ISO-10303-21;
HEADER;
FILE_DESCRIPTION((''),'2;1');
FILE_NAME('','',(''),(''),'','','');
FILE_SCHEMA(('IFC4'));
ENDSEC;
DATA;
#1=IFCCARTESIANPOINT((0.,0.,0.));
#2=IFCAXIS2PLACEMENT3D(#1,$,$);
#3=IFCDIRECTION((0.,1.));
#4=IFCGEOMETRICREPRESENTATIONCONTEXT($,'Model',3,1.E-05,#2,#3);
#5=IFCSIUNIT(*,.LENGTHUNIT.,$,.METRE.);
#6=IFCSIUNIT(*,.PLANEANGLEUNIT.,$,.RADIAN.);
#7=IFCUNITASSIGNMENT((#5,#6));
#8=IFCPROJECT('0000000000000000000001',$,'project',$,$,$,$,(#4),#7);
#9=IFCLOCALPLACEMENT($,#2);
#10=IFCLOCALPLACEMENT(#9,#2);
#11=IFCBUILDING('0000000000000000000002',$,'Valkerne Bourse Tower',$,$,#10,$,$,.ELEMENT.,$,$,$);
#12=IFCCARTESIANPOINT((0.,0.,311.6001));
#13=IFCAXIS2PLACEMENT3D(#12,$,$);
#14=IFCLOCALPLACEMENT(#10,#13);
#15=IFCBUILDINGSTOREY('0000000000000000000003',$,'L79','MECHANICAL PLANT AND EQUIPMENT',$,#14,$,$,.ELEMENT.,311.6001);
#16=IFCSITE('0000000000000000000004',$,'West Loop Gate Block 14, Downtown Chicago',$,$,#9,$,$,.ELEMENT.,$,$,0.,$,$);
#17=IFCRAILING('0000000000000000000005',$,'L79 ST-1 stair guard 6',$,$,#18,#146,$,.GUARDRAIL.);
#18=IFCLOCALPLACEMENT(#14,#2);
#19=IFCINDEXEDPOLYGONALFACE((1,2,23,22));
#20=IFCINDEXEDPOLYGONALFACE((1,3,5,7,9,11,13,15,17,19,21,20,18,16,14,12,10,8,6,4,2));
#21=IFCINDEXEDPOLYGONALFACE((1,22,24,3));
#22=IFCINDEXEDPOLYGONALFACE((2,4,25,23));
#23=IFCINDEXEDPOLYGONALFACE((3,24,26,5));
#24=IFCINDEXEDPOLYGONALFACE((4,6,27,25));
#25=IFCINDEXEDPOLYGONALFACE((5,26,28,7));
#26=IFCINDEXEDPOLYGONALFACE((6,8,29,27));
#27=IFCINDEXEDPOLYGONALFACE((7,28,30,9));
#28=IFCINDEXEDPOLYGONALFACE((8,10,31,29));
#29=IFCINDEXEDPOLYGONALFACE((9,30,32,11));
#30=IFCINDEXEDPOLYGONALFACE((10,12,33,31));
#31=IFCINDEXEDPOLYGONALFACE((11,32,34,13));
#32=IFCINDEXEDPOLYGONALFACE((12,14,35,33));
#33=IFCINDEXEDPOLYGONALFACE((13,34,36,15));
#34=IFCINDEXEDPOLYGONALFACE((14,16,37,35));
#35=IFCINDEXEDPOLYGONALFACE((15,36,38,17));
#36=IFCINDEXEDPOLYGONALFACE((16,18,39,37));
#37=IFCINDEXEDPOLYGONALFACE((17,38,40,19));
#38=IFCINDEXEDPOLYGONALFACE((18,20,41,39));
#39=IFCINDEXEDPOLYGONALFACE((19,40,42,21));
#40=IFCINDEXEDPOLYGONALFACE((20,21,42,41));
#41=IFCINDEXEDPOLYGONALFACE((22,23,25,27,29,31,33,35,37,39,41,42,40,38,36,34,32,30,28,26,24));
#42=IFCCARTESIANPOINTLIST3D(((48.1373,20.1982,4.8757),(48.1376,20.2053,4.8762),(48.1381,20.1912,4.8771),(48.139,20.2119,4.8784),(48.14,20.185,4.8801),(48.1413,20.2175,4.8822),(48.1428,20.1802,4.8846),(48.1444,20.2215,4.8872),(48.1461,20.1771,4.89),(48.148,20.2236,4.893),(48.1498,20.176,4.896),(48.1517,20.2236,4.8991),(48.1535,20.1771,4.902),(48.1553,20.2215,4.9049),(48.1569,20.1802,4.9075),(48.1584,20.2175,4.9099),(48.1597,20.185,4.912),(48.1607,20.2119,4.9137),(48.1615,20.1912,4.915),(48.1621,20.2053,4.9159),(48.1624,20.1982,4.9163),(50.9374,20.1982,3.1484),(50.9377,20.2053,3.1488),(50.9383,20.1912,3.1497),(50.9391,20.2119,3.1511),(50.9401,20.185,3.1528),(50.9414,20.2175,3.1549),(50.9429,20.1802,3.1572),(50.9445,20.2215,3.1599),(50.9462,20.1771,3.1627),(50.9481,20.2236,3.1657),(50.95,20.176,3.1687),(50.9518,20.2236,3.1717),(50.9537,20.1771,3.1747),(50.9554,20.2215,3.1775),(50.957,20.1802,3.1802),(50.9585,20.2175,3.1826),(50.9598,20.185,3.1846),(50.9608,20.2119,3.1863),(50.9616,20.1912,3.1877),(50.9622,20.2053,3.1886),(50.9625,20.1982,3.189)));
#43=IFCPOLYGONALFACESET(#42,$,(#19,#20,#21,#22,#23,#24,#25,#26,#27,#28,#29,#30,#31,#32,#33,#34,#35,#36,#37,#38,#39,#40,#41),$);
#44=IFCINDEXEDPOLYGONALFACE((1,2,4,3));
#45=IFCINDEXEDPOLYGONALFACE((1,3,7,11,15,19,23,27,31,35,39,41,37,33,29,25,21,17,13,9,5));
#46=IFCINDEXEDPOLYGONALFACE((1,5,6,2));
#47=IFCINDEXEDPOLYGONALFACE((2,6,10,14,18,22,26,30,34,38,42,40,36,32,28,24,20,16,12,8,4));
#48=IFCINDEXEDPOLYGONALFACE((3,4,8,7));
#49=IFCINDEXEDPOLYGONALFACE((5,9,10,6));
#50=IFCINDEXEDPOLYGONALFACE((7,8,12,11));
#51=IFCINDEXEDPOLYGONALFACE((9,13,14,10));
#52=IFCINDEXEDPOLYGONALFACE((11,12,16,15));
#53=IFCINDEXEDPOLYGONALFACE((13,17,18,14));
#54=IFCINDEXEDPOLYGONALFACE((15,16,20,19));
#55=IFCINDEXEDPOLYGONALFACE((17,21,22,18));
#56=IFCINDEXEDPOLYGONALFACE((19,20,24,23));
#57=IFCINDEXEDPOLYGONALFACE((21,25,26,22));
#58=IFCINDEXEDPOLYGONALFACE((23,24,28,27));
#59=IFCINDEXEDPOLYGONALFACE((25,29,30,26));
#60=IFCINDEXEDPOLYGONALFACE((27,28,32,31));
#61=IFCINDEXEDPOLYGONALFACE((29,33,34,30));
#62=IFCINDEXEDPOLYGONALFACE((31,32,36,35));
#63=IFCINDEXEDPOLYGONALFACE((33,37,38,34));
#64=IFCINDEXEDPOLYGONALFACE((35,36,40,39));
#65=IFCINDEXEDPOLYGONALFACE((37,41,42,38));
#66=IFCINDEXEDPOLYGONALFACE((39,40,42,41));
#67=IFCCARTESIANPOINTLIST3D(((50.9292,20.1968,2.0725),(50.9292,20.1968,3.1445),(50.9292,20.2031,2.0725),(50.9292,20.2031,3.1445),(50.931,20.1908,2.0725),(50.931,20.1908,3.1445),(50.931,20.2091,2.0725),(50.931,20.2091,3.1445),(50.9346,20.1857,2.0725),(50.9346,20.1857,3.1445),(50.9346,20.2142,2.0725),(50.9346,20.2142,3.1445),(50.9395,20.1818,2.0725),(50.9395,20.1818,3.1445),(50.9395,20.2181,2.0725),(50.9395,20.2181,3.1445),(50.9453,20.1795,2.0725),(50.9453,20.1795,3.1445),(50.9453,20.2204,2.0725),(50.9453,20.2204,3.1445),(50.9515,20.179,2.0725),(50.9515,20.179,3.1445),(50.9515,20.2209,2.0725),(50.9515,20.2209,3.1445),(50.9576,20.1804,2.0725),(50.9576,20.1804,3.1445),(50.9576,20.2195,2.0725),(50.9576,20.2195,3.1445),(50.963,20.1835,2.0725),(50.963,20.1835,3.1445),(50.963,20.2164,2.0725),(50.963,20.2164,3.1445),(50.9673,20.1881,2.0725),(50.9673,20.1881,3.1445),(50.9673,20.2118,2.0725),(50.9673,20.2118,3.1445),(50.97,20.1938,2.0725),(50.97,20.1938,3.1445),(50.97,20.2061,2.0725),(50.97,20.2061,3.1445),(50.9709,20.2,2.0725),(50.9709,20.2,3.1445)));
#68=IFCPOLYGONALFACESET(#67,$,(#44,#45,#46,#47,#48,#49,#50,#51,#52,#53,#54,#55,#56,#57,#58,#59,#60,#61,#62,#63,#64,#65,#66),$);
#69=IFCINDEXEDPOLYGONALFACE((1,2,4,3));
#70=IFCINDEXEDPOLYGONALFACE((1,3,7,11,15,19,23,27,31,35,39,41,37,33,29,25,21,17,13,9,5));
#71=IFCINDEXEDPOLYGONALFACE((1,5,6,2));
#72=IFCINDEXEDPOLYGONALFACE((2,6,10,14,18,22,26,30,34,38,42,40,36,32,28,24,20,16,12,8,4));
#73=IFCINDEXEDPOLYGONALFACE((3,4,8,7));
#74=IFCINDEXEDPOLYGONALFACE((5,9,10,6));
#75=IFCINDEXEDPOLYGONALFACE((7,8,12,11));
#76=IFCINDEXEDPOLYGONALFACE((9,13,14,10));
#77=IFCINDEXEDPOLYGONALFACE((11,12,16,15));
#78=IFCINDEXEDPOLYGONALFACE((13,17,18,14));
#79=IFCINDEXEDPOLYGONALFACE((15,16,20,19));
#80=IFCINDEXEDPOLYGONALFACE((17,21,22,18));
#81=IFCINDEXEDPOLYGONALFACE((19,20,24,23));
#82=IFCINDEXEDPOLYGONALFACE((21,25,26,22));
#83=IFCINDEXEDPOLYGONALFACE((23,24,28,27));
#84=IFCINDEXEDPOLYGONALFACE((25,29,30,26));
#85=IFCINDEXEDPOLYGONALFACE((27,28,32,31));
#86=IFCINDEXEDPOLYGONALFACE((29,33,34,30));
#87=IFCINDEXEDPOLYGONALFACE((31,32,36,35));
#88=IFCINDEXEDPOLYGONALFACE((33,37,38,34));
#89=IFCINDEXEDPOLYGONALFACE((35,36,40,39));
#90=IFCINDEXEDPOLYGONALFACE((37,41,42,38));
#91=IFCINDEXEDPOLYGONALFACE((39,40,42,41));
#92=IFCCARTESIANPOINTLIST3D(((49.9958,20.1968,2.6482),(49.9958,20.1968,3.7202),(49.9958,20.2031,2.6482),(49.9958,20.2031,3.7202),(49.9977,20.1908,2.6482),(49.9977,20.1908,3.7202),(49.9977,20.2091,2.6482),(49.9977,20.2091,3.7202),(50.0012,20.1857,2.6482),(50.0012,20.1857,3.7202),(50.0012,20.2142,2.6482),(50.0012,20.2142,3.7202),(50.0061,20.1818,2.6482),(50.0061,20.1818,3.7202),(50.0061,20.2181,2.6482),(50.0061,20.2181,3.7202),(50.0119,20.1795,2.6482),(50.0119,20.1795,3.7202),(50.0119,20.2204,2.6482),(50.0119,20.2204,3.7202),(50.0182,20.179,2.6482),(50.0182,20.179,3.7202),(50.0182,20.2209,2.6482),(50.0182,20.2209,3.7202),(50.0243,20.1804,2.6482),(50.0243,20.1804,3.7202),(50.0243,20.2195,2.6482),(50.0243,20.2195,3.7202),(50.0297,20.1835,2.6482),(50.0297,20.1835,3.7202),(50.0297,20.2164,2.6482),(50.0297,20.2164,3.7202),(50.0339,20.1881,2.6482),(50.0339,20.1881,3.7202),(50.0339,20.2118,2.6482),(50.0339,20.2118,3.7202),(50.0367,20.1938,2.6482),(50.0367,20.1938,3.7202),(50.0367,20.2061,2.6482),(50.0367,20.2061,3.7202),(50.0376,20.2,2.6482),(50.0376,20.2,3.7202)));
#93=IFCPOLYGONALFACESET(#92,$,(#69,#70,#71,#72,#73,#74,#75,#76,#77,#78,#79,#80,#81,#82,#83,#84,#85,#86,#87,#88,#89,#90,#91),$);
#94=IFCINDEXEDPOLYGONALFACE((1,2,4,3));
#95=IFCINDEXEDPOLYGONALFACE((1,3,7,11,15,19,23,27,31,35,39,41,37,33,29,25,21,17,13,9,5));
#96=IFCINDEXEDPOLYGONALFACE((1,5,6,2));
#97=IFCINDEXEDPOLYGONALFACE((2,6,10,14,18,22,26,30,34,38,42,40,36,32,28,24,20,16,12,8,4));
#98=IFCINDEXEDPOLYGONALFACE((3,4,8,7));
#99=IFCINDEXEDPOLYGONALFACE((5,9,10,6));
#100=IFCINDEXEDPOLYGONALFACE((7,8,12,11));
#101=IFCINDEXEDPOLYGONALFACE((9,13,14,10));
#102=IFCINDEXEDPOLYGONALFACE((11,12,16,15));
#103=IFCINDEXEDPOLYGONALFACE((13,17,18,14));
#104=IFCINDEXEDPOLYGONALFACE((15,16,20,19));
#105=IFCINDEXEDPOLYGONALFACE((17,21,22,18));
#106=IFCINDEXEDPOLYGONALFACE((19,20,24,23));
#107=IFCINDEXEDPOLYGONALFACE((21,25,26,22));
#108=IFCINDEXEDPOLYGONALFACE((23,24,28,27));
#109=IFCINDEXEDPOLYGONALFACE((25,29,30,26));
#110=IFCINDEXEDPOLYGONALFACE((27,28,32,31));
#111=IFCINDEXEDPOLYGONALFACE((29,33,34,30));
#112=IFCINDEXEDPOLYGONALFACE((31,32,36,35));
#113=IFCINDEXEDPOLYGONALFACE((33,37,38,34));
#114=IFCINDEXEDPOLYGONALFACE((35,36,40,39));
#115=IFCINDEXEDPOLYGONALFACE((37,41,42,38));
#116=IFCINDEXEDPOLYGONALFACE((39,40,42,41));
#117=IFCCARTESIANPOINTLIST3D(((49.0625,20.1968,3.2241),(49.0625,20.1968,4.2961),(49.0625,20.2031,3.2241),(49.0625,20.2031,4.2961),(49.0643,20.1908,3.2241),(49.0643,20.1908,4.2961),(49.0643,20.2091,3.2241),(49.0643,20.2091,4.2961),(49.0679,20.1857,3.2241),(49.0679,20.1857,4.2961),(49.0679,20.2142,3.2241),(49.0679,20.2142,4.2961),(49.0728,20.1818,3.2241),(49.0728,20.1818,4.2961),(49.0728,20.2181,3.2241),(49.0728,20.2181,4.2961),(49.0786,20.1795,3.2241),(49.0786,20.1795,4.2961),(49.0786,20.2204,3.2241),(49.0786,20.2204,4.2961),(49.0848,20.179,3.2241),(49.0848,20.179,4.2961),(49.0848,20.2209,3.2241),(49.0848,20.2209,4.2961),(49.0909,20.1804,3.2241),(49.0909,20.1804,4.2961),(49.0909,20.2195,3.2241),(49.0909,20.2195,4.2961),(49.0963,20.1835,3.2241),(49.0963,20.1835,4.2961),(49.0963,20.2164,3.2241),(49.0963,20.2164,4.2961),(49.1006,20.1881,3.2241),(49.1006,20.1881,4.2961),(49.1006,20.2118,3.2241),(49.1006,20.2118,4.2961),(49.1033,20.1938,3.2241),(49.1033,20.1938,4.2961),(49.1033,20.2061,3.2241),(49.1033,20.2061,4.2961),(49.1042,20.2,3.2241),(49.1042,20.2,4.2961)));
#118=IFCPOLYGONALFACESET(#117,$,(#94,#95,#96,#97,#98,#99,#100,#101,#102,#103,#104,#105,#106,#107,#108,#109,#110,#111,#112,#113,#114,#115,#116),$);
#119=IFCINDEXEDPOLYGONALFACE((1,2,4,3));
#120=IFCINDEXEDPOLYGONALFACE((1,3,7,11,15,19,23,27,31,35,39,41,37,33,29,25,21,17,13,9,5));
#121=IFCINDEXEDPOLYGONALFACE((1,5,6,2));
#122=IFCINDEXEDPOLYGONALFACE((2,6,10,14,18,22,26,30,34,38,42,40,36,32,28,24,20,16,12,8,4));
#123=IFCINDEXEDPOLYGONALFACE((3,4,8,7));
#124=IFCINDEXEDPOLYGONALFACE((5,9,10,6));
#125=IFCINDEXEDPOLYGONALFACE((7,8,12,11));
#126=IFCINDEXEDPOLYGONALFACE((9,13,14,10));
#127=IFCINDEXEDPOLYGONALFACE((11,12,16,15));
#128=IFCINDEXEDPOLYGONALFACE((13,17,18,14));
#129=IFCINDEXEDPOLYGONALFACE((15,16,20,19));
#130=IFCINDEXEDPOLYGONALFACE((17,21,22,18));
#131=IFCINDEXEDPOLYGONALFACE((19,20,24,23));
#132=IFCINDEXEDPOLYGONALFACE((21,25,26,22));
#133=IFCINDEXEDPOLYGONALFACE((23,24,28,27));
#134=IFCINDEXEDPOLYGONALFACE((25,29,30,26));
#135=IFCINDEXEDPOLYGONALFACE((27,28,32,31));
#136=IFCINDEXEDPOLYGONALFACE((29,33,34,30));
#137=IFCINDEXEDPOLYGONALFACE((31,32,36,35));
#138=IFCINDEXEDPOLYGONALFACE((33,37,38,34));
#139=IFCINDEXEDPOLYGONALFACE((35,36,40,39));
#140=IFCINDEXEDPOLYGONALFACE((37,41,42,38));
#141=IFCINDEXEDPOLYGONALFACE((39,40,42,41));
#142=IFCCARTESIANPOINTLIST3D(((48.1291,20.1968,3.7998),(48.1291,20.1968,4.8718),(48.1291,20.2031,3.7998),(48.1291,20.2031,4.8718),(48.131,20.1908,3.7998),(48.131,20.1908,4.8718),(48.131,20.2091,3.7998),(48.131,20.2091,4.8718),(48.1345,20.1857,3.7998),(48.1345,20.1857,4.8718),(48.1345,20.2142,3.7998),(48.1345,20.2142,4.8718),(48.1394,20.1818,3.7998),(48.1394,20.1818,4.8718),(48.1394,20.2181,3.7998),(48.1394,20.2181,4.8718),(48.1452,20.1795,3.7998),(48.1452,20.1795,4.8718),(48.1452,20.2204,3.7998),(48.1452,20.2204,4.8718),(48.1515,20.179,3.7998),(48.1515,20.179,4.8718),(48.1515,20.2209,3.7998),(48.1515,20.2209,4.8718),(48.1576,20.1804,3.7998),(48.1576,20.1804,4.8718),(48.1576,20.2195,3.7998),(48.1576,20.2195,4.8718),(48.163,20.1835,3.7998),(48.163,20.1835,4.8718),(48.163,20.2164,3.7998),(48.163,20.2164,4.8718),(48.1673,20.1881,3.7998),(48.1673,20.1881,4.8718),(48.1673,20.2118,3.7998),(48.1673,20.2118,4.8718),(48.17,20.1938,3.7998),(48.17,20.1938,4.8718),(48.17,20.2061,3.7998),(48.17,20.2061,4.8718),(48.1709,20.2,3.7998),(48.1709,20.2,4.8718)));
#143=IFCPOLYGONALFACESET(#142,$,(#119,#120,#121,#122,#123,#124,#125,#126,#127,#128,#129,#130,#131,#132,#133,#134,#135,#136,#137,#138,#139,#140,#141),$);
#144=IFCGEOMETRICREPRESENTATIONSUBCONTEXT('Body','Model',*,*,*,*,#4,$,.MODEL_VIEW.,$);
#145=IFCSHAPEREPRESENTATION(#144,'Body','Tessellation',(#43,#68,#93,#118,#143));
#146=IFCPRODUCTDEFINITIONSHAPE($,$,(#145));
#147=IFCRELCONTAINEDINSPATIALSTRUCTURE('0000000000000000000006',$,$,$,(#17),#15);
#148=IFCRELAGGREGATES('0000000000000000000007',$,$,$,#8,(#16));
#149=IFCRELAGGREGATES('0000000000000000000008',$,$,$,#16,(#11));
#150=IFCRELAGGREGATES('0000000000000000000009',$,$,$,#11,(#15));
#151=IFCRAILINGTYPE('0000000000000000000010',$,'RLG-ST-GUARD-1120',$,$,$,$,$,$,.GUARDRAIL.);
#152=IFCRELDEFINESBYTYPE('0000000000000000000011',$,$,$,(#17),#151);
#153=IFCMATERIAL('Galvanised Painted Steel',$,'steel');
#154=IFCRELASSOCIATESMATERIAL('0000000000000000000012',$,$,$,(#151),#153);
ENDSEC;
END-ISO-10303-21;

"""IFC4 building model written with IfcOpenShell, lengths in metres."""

from ifc_helpers import new_model, si_unit, direction, frame, origin, origin_2d, place, context, subcontext, project, spatial, circle, extrude, material, type_object, element, save


model = new_model("IFC4")

# Units and contexts
model_context = context("Model", 3, precision=1e-05, world=origin(), true_north=direction((0.0, 1.0)))
body_context = subcontext(model_context, "Body", "Model", "MODEL_VIEW")
ifc_project = project(units=[si_unit("LENGTHUNIT", "METRE"), si_unit("PLANEANGLEUNIT", "RADIAN")], contexts=[model_context])

# Site, building, storey
site_placement = place(None, origin())
site = spatial("IfcSite", under=ifc_project, at=site_placement, Name="West Loop Gate Block 14, Downtown Chicago", CompositionType="ELEMENT", RefElevation=0.0)
building_placement = place(site_placement, origin())
building = spatial("IfcBuilding", under=site, at=building_placement, Name="Valkerne Bourse Tower", CompositionType="ELEMENT")
storey_placement = place(building_placement, frame((0.0, 0.0, 311.6001)))
storey = spatial("IfcBuildingStorey", under=building, at=storey_placement, Name="L79", Description="MECHANICAL PLANT AND EQUIPMENT", CompositionType="ELEMENT", Elevation=311.6001)

# Shared definitions
ifc_material_1 = material(Name="Galvanised Painted Steel", Category="steel")

# Railing
railing_type_1 = type_object("IfcRailingType", Name="RLG-ST-GUARD-1120", PredefinedType="GUARDRAIL", material=ifc_material_1)
railing_1_placement = place(storey_placement, frame((50.95, 20.2, 2.0725)))
element("IfcRailing", 1, at=railing_1_placement, inside=storey, type_object=railing_type_1, Name="L79 ST-1 stair guard 6", PredefinedType="GUARDRAIL", context=body_context, shape_type="SweptSolid", body=[
    extrude(circle(Radius=0.0239, at=origin_2d()), frame((0.0, 0.0, 1.0962), z_axis=(-0.85109, 0.0, 0.52502), x_axis=(0.0, -1.0, 0.0)), (0.0, 0.0, 1.0), 3.29),
    extrude(circle(Radius=0.021, at=origin_2d()), origin(), (0.0, 0.0, 1.0), 1.072),
    extrude(circle(Radius=0.021, at=origin_2d()), frame((-0.9333, 0.0, 0.5757)), (0.0, 0.0, 1.0), 1.072),
    extrude(circle(Radius=0.021, at=origin_2d()), frame((-1.8667, 0.0, 1.1516)), (0.0, 0.0, 1.0), 1.072),
    extrude(circle(Radius=0.021, at=origin_2d()), frame((-2.8, 0.0, 1.7273)), (0.0, 0.0, 1.0), 1.072),
])

save(model, "model.ifc")
